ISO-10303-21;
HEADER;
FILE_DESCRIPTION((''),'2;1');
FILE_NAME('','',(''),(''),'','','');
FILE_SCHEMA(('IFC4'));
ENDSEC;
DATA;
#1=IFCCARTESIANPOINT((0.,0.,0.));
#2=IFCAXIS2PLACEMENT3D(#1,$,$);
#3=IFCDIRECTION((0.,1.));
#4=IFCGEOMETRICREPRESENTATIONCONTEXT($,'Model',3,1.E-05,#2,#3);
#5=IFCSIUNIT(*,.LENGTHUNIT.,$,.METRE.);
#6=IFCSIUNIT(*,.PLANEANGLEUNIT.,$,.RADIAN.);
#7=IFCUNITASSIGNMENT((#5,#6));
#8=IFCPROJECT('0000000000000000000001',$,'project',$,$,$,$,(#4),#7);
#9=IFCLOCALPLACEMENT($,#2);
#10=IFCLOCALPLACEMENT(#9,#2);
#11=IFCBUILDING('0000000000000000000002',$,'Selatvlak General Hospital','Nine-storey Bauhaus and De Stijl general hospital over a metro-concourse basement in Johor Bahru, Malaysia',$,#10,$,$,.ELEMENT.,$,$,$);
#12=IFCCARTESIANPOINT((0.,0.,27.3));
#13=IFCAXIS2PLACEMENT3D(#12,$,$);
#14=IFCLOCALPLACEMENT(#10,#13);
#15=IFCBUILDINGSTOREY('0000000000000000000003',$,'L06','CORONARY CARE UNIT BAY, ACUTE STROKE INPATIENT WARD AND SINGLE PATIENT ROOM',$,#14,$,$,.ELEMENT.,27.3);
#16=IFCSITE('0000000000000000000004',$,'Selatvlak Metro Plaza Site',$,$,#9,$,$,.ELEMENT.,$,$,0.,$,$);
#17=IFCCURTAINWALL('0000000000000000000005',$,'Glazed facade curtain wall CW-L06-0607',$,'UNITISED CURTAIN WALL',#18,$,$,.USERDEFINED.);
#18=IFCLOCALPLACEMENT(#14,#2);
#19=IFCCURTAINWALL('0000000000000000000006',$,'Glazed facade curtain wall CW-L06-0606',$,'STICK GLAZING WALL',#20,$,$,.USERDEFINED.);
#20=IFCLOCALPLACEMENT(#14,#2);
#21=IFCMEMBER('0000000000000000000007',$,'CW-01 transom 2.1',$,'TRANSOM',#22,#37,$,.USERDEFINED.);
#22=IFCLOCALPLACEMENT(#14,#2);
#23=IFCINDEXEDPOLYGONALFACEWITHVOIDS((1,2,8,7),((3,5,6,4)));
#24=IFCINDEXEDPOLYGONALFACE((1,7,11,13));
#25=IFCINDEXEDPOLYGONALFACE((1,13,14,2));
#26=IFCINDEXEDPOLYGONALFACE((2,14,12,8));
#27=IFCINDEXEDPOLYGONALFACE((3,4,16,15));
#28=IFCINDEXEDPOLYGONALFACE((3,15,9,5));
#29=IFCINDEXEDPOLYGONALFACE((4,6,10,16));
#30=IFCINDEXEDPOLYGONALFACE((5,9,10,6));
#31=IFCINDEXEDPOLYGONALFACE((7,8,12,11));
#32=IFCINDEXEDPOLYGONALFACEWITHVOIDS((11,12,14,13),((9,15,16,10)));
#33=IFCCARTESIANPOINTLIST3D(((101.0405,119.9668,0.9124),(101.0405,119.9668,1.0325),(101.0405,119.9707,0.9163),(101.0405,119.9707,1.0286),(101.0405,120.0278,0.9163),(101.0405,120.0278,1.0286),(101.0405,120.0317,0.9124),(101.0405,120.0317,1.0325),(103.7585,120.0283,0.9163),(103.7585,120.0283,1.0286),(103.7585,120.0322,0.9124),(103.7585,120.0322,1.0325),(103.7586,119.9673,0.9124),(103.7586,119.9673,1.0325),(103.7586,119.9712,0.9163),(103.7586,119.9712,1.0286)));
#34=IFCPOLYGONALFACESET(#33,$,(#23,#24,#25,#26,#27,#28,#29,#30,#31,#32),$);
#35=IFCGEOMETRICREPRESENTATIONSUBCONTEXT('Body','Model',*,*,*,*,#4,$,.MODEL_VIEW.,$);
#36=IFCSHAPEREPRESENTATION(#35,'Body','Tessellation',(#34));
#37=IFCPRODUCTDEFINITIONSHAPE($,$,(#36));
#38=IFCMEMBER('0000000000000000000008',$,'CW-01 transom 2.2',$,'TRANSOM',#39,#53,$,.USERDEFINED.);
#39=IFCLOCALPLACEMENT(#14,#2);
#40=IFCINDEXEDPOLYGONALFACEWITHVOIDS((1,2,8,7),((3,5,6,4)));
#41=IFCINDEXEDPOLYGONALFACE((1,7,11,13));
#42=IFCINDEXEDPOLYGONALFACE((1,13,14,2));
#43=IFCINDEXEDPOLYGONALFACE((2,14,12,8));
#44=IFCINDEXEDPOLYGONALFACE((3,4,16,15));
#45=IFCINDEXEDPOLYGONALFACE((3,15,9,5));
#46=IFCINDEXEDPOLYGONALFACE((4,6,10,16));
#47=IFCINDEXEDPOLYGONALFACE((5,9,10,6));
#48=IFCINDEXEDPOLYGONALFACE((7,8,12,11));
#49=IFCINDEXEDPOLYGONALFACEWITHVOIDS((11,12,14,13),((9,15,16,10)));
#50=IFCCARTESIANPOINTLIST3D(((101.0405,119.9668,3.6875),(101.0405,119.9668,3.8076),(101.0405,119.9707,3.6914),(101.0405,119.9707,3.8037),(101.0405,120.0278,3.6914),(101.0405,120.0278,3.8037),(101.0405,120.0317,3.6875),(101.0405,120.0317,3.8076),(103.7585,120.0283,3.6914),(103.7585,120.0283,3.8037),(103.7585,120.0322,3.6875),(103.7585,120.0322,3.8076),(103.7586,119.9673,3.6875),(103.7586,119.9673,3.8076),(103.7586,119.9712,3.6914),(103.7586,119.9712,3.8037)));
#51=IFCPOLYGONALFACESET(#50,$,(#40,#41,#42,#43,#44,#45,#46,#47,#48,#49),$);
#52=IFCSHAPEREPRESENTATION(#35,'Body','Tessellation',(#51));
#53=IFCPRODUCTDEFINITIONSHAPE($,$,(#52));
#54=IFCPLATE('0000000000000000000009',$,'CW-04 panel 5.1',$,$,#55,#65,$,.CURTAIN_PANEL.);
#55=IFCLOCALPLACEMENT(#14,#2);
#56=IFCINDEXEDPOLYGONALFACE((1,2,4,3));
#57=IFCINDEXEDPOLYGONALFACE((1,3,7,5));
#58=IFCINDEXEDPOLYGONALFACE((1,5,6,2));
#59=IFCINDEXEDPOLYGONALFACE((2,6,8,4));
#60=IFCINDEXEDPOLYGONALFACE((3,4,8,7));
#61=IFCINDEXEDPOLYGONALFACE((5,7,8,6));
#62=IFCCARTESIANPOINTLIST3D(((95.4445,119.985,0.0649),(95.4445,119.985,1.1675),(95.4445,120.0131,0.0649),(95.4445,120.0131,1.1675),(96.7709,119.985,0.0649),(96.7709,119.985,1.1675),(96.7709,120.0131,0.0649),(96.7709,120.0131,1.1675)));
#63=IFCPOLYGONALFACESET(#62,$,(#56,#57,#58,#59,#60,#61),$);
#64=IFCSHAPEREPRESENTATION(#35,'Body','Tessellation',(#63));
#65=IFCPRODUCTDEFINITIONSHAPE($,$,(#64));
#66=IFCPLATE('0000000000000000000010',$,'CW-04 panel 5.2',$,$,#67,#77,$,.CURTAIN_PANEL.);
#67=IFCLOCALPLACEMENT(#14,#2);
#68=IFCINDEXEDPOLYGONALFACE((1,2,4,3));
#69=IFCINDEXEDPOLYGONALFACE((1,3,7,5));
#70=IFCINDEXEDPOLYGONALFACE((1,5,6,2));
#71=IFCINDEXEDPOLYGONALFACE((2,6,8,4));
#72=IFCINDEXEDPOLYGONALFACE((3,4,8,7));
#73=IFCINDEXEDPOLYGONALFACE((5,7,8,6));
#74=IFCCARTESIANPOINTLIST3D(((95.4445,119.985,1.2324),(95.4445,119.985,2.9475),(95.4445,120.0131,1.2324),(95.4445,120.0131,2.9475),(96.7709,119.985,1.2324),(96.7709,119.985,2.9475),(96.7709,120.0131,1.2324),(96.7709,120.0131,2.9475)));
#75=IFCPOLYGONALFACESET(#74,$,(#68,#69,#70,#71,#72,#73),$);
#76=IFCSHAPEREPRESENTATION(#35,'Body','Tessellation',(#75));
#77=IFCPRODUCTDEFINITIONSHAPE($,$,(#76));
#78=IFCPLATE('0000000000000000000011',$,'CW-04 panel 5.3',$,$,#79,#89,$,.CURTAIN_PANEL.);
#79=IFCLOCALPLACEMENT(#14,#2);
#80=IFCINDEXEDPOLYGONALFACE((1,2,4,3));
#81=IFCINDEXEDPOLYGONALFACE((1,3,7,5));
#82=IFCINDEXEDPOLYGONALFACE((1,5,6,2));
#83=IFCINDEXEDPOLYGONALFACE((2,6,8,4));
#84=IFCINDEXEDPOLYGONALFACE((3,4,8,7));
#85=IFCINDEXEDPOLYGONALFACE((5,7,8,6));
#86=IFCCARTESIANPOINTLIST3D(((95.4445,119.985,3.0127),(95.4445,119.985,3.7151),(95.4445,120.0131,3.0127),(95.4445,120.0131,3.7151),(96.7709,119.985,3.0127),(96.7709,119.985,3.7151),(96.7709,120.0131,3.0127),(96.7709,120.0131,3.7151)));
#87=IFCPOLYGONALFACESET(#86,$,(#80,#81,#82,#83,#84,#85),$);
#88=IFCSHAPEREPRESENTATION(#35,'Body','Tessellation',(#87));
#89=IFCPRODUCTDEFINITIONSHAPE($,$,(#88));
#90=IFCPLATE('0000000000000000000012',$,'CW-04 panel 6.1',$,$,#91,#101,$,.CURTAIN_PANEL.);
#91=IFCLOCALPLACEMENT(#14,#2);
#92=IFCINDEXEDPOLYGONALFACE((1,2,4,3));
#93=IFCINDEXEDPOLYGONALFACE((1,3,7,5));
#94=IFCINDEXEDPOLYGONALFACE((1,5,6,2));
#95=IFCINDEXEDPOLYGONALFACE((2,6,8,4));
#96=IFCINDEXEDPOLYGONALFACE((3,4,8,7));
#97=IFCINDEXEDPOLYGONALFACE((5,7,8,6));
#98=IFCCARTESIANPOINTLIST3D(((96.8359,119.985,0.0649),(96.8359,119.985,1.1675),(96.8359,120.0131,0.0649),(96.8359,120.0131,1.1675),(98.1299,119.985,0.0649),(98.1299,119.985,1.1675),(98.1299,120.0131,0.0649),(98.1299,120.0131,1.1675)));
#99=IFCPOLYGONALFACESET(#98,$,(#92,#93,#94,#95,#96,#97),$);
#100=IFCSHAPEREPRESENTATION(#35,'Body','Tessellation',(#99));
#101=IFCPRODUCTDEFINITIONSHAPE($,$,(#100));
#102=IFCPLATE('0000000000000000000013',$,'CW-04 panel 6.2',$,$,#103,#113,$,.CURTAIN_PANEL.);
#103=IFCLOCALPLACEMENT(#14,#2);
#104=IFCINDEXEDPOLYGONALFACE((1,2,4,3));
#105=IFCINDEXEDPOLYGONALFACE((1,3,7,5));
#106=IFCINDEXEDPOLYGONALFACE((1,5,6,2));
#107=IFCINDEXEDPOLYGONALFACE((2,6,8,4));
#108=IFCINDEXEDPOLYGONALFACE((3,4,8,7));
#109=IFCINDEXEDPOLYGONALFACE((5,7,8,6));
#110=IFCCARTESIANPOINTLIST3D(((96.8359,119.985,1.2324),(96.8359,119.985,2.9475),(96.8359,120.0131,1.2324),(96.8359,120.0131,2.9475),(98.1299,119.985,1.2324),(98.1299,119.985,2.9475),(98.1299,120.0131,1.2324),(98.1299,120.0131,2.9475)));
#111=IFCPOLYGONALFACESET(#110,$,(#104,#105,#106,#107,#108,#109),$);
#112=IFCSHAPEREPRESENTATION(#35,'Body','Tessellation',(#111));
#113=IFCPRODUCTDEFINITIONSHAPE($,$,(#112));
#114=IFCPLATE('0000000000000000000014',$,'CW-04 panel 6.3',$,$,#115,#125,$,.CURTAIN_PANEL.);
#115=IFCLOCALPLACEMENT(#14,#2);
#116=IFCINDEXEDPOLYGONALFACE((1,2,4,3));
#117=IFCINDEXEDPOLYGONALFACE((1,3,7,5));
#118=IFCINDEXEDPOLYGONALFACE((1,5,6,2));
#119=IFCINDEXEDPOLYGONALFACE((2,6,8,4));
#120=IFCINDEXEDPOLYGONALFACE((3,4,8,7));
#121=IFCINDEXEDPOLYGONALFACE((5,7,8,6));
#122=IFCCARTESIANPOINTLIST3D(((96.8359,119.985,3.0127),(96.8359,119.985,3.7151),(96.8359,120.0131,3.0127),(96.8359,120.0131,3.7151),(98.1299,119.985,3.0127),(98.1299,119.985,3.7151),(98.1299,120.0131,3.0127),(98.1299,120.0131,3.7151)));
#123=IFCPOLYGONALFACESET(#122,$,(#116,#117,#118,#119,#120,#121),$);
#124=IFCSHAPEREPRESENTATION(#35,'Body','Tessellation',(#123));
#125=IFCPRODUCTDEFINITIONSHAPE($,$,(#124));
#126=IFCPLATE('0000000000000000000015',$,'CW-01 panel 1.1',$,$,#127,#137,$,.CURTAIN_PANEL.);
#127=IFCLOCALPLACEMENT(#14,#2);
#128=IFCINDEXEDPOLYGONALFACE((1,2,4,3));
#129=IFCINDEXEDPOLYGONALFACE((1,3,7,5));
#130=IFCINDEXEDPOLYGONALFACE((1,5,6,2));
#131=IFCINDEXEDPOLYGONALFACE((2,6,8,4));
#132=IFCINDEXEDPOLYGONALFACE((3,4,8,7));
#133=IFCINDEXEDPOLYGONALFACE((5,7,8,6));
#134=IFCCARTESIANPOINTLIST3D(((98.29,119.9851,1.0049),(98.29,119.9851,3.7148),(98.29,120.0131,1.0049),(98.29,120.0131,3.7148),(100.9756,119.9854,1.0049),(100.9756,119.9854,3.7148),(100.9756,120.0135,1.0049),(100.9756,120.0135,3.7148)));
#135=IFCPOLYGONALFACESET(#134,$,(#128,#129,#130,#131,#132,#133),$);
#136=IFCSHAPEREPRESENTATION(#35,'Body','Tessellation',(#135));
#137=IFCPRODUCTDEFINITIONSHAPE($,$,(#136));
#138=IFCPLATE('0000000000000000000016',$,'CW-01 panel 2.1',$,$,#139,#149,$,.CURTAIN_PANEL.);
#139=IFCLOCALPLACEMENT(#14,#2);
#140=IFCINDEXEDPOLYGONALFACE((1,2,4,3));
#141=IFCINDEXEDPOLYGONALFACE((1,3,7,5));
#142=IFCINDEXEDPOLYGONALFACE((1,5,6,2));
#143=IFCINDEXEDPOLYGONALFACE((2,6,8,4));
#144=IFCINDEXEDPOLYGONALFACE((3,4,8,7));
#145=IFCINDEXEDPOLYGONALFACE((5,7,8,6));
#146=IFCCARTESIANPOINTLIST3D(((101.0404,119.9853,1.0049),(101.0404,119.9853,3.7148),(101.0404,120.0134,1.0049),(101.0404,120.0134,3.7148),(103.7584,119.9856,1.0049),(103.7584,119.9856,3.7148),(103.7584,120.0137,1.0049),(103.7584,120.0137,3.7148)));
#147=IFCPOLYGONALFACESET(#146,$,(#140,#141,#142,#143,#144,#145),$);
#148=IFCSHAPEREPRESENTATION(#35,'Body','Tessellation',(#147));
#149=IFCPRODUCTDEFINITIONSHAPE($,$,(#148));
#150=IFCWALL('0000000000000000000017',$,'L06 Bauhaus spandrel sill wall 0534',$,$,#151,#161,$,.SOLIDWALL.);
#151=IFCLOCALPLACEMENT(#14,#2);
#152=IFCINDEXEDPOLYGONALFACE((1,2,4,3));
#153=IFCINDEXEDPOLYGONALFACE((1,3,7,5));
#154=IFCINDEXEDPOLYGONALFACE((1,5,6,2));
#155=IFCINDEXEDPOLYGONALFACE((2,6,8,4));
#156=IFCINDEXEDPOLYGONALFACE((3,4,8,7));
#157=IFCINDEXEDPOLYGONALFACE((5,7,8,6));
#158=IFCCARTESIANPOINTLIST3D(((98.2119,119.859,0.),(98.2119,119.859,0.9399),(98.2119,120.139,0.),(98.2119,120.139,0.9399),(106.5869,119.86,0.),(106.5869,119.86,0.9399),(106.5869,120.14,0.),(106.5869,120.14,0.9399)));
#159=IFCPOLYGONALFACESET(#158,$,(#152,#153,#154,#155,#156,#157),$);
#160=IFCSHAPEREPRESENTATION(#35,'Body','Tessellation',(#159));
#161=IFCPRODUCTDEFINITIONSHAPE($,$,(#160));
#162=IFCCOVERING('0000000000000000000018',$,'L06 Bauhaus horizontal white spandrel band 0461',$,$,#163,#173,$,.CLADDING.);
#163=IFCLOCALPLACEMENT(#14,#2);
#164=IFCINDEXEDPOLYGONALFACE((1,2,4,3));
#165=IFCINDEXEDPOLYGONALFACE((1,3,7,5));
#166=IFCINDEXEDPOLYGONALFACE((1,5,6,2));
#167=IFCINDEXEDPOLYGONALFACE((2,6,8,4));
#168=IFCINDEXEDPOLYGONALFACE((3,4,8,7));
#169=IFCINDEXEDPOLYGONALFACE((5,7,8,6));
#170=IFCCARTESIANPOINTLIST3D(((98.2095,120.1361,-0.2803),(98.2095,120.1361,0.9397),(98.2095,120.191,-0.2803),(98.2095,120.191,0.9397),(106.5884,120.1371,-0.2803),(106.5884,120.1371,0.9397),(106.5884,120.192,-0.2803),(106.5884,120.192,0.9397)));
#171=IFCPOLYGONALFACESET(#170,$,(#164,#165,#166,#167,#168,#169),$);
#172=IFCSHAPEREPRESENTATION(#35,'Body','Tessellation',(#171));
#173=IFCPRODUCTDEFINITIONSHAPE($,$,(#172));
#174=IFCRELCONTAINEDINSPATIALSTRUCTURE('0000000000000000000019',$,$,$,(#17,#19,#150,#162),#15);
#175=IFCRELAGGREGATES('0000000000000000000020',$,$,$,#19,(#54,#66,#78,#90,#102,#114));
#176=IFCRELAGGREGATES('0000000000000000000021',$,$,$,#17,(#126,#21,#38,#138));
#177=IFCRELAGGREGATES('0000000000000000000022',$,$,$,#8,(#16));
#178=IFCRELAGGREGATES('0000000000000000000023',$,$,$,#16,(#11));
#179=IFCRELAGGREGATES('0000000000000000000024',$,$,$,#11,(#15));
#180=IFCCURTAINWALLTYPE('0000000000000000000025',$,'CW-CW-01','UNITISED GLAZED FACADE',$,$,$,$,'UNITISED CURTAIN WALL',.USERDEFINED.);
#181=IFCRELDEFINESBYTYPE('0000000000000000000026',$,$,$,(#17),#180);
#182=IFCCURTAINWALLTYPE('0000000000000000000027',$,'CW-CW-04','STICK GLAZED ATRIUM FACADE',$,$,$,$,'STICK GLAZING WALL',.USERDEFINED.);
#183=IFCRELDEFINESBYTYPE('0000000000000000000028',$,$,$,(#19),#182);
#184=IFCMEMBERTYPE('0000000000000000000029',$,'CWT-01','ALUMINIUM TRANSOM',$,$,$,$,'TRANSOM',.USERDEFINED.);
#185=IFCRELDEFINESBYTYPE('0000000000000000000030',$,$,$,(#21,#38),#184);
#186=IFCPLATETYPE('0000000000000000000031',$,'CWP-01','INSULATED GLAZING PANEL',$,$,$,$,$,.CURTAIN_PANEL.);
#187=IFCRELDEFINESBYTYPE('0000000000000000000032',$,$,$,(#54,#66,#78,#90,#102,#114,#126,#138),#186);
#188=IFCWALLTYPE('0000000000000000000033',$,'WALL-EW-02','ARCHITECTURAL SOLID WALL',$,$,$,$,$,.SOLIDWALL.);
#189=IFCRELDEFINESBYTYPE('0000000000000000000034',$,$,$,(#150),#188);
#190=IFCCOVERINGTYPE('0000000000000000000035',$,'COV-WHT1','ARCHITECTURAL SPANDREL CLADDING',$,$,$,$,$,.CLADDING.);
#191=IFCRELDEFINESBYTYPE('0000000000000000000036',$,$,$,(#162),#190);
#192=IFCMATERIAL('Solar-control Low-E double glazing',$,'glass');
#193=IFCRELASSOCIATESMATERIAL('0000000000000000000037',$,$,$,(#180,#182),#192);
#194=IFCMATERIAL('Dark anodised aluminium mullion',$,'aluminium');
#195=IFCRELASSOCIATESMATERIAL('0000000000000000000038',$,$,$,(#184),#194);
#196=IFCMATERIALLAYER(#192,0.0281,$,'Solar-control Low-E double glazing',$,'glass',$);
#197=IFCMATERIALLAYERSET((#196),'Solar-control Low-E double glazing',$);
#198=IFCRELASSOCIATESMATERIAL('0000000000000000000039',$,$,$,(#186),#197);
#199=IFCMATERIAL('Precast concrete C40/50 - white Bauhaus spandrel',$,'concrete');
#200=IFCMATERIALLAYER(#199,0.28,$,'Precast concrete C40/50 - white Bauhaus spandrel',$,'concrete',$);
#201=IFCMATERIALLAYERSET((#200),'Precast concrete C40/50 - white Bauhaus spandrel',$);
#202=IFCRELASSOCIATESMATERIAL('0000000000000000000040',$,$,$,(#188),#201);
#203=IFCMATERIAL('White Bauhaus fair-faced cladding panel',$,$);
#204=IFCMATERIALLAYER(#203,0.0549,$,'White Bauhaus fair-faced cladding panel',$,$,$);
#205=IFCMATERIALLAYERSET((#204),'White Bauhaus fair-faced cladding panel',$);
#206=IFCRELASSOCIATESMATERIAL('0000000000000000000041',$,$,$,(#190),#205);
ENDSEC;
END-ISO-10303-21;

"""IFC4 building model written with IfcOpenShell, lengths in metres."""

from ifc_helpers import new_model, si_unit, direction, frame, frame_2d, origin, origin_2d, place, context, subcontext, project, spatial, rectangle, hollow_rectangle, extrude, material, layer, layer_set, material_profile, profile_set, type_object, element, aggregate, save


model = new_model("IFC4")

# Units and contexts
model_context = context("Model", 3, precision=1e-05, world=origin(), true_north=direction((0.0, 1.0)))
body_context = subcontext(model_context, "Body", "Model", "MODEL_VIEW")
ifc_project = project(units=[si_unit("LENGTHUNIT", "METRE"), si_unit("PLANEANGLEUNIT", "RADIAN")], contexts=[model_context])

# Site, building, storey
site_placement = place(None, origin())
site = spatial("IfcSite", under=ifc_project, at=site_placement, Name="Selatvlak Metro Plaza Site", CompositionType="ELEMENT", RefElevation=0.0)
building_placement = place(site_placement, origin())
building = spatial("IfcBuilding", under=site, at=building_placement, Name="Selatvlak General Hospital", Description="Nine-storey Bauhaus and De Stijl general hospital over a metro-concourse basement in Johor Bahru, Malaysia", CompositionType="ELEMENT")
storey_placement = place(building_placement, frame((0.0, 0.0, 27.3)))
storey = spatial("IfcBuildingStorey", under=building, at=storey_placement, Name="L06", Description="CORONARY CARE UNIT BAY, ACUTE STROKE INPATIENT WARD AND SINGLE PATIENT ROOM", CompositionType="ELEMENT", Elevation=27.3)

# Curtain walls
ifc_material_1 = material(Name="Solar-control Low-E double glazing", Category="glass")
curtain_wall_type_1 = type_object("IfcCurtainWallType", Name="CW-CW-01", Description="UNITISED GLAZED FACADE", ElementType="UNITISED CURTAIN WALL", PredefinedType="USERDEFINED", material=ifc_material_1)
curtain_wall_1_placement = place(storey_placement, origin())
curtain_wall_1 = element("IfcCurtainWall", 1, at=curtain_wall_1_placement, inside=storey, type_object=curtain_wall_type_1, Name="Glazed facade curtain wall CW-L06-0607", ObjectType="UNITISED CURTAIN WALL", PredefinedType="USERDEFINED")
ifc_material_2 = material(Name="Dark anodised aluminium mullion", Category="aluminium")
curtain_wall_type_2 = type_object("IfcCurtainWallType", Name="CW-CW-04", Description="STICK GLAZED ATRIUM FACADE", ElementType="STICK GLAZING WALL", PredefinedType="USERDEFINED", material=ifc_material_1)
curtain_wall_2_placement = place(storey_placement, origin())
curtain_wall_2 = element("IfcCurtainWall", 2, at=curtain_wall_2_placement, inside=storey, type_object=curtain_wall_type_2, Name="Glazed facade curtain wall CW-L06-0606", ObjectType="STICK GLAZING WALL", PredefinedType="USERDEFINED")
ifc_material_profile_1 = material_profile(ifc_material_2, hollow_rectangle(XDim=0.0649, YDim=0.1201, WallThickness=0.0039, at=origin_2d()), Name="AL-TRN 65x120x4")
ifc_profile_set_1 = profile_set([ifc_material_profile_1], Name="Dark anodised aluminium mullion")
member_type_1 = type_object("IfcMemberType", Name="CWT-01", Description="ALUMINIUM TRANSOM", ElementType="TRANSOM", PredefinedType="USERDEFINED", material=ifc_profile_set_1)

# Members
member_1_placement = place(storey_placement, frame((101.0405, 119.9993, 0.9724), z_axis=(1.0, 0.00018, 0.0), x_axis=(-0.00018, 1.0, 0.0)))
member_1 = element("IfcMember", 3, at=member_1_placement, type_object=member_type_1, Name="CW-01 transom 2.1", ObjectType="TRANSOM", PredefinedType="USERDEFINED", context=body_context, shape_type="SweptSolid", body=[
    extrude(hollow_rectangle(XDim=0.0649, YDim=0.1201, WallThickness=0.0039, at=origin_2d()), origin(), (0.0, 0.0, 1.0), 2.718),
])
member_2_placement = place(storey_placement, frame((101.0405, 119.9993, 3.7476), z_axis=(1.0, 0.00018, 0.0), x_axis=(-0.00018, 1.0, 0.0)))
member_2 = element("IfcMember", 4, at=member_2_placement, type_object=member_type_1, Name="CW-01 transom 2.2", ObjectType="TRANSOM", PredefinedType="USERDEFINED", context=body_context, shape_type="SweptSolid", body=[
    extrude(hollow_rectangle(XDim=0.0649, YDim=0.1201, WallThickness=0.0039, at=origin_2d()), origin(), (0.0, 0.0, 1.0), 2.718),
])

# Plates
ifc_layer_1 = layer(ifc_material_1, 0.0281, Name="Solar-control Low-E double glazing", Category="glass")
ifc_layer_set_1 = layer_set([ifc_layer_1], Name="Solar-control Low-E double glazing")
plate_type = type_object("IfcPlateType", Name="CWP-01", Description="INSULATED GLAZING PANEL", PredefinedType="CURTAIN_PANEL", material=ifc_layer_set_1)
plate_1_placement = place(storey_placement, frame((96.1077, 119.999, 0.0649), z_axis=(0.0, 0.0, 1.0), x_axis=(1.0, 0.0, 0.0)))
plate_1 = element("IfcPlate", 5, at=plate_1_placement, type_object=plate_type, Name="CW-04 panel 5.1", PredefinedType="CURTAIN_PANEL", context=body_context, shape_type="SweptSolid", body=[
    extrude(rectangle(XDim=1.3264, YDim=0.0281, at=origin_2d()), origin(), (0.0, 0.0, 1.0), 1.1025),
])
plate_2_placement = place(storey_placement, frame((96.1077, 119.999, 1.2324), z_axis=(0.0, 0.0, 1.0), x_axis=(1.0, 0.0, 0.0)))
plate_2 = element("IfcPlate", 6, at=plate_2_placement, type_object=plate_type, Name="CW-04 panel 5.2", PredefinedType="CURTAIN_PANEL", context=body_context, shape_type="SweptSolid", body=[
    extrude(rectangle(XDim=1.3264, YDim=0.0281, at=origin_2d()), origin(), (0.0, 0.0, 1.0), 1.7151),
])
plate_3_placement = place(storey_placement, frame((96.1077, 119.999, 3.0127), z_axis=(0.0, 0.0, 1.0), x_axis=(1.0, 0.0, 0.0)))
plate_3 = element("IfcPlate", 7, at=plate_3_placement, type_object=plate_type, Name="CW-04 panel 5.3", PredefinedType="CURTAIN_PANEL", context=body_context, shape_type="SweptSolid", body=[
    extrude(rectangle(XDim=1.3264, YDim=0.0281, at=origin_2d()), origin(), (0.0, 0.0, 1.0), 0.7024),
])
plate_4_placement = place(storey_placement, frame((97.4829, 119.999, 0.0649), z_axis=(0.0, 0.0, 1.0), x_axis=(1.0, 0.0, 0.0)))
plate_4 = element("IfcPlate", 8, at=plate_4_placement, type_object=plate_type, Name="CW-04 panel 6.1", PredefinedType="CURTAIN_PANEL", context=body_context, shape_type="SweptSolid", body=[
    extrude(rectangle(XDim=1.2939, YDim=0.0281, at=origin_2d()), origin(), (0.0, 0.0, 1.0), 1.1025),
])
plate_5_placement = place(storey_placement, frame((97.4829, 119.999, 1.2324), z_axis=(0.0, 0.0, 1.0), x_axis=(1.0, 0.0, 0.0)))
plate_5 = element("IfcPlate", 9, at=plate_5_placement, type_object=plate_type, Name="CW-04 panel 6.2", PredefinedType="CURTAIN_PANEL", context=body_context, shape_type="SweptSolid", body=[
    extrude(rectangle(XDim=1.2939, YDim=0.0281, at=origin_2d()), origin(), (0.0, 0.0, 1.0), 1.7151),
])
plate_6_placement = place(storey_placement, frame((97.4829, 119.999, 3.0127), z_axis=(0.0, 0.0, 1.0), x_axis=(1.0, 0.0, 0.0)))
plate_6 = element("IfcPlate", 10, at=plate_6_placement, type_object=plate_type, Name="CW-04 panel 6.3", PredefinedType="CURTAIN_PANEL", context=body_context, shape_type="SweptSolid", body=[
    extrude(rectangle(XDim=1.2939, YDim=0.0281, at=origin_2d()), origin(), (0.0, 0.0, 1.0), 0.7024),
])
aggregate(curtain_wall_2, [plate_1, plate_2, plate_3, plate_4, plate_5, plate_6])
plate_7_placement = place(storey_placement, frame((99.6328, 119.9993, 1.0049), z_axis=(0.0, 0.0, 1.0), x_axis=(1.0, 0.00012, 0.0)))
plate_7 = element("IfcPlate", 11, at=plate_7_placement, type_object=plate_type, Name="CW-01 panel 1.1", PredefinedType="CURTAIN_PANEL", context=body_context, shape_type="SweptSolid", body=[
    extrude(rectangle(XDim=2.6855, YDim=0.0281, at=origin_2d()), origin(), (0.0, 0.0, 1.0), 2.71),
])
plate_8_placement = place(storey_placement, frame((102.3994, 119.9995, 1.0049), z_axis=(0.0, 0.0, 1.0), x_axis=(1.0, 0.00012, 0.0)))
plate_8 = element("IfcPlate", 12, at=plate_8_placement, type_object=plate_type, Name="CW-01 panel 2.1", PredefinedType="CURTAIN_PANEL", context=body_context, shape_type="SweptSolid", body=[
    extrude(rectangle(XDim=2.718, YDim=0.0281, at=origin_2d()), origin(), (0.0, 0.0, 1.0), 2.71),
])
aggregate(curtain_wall_1, [plate_7, member_1, member_2, plate_8])

# Wall
ifc_material_3 = material(Name="Precast concrete C40/50 - white Bauhaus spandrel", Category="concrete")
ifc_layer_2 = layer(ifc_material_3, 0.28, Name="Precast concrete C40/50 - white Bauhaus spandrel", Category="concrete")
ifc_layer_set_2 = layer_set([ifc_layer_2], Name="Precast concrete C40/50 - white Bauhaus spandrel")
wall_type = type_object("IfcWallType", Name="WALL-EW-02", Description="ARCHITECTURAL SOLID WALL", PredefinedType="SOLIDWALL", material=ifc_layer_set_2)
wall_placement = place(storey_placement, frame((98.2119, 119.999, 0.0), z_axis=(0.0, 0.0, 1.0), x_axis=(1.0, 0.000117, 0.0)))
element("IfcWall", 13, at=wall_placement, inside=storey, type_object=wall_type, Name="L06 Bauhaus spandrel sill wall 0534", PredefinedType="SOLIDWALL", context=body_context, shape_type="SweptSolid", body=[
    extrude(rectangle(XDim=8.375, YDim=0.28, at=frame_2d((4.1875, 0.0))), origin(), (0.0, 0.0, 1.0), 0.9399),
])

# Covering
ifc_material_4 = material(Name="White Bauhaus fair-faced cladding panel")
ifc_layer_3 = layer(ifc_material_4, 0.0549, Name="White Bauhaus fair-faced cladding panel")
ifc_layer_set_3 = layer_set([ifc_layer_3], Name="White Bauhaus fair-faced cladding panel")
covering_type = type_object("IfcCoveringType", Name="COV-WHT1", Description="ARCHITECTURAL SPANDREL CLADDING", PredefinedType="CLADDING", material=ifc_layer_set_3)
covering_placement = place(storey_placement, frame((102.3989, 120.1641, -0.2803), z_axis=(0.0, 0.0, 1.0), x_axis=(1.0, 0.000122, 0.0)))
element("IfcCovering", 14, at=covering_placement, inside=storey, type_object=covering_type, Name="L06 Bauhaus horizontal white spandrel band 0461", PredefinedType="CLADDING", context=body_context, shape_type="SweptSolid", body=[
    extrude(rectangle(XDim=8.3789, YDim=0.0549, at=origin_2d()), origin(), (0.0, 0.0, 1.0), 1.22),
])

save(model, "model.ifc")
